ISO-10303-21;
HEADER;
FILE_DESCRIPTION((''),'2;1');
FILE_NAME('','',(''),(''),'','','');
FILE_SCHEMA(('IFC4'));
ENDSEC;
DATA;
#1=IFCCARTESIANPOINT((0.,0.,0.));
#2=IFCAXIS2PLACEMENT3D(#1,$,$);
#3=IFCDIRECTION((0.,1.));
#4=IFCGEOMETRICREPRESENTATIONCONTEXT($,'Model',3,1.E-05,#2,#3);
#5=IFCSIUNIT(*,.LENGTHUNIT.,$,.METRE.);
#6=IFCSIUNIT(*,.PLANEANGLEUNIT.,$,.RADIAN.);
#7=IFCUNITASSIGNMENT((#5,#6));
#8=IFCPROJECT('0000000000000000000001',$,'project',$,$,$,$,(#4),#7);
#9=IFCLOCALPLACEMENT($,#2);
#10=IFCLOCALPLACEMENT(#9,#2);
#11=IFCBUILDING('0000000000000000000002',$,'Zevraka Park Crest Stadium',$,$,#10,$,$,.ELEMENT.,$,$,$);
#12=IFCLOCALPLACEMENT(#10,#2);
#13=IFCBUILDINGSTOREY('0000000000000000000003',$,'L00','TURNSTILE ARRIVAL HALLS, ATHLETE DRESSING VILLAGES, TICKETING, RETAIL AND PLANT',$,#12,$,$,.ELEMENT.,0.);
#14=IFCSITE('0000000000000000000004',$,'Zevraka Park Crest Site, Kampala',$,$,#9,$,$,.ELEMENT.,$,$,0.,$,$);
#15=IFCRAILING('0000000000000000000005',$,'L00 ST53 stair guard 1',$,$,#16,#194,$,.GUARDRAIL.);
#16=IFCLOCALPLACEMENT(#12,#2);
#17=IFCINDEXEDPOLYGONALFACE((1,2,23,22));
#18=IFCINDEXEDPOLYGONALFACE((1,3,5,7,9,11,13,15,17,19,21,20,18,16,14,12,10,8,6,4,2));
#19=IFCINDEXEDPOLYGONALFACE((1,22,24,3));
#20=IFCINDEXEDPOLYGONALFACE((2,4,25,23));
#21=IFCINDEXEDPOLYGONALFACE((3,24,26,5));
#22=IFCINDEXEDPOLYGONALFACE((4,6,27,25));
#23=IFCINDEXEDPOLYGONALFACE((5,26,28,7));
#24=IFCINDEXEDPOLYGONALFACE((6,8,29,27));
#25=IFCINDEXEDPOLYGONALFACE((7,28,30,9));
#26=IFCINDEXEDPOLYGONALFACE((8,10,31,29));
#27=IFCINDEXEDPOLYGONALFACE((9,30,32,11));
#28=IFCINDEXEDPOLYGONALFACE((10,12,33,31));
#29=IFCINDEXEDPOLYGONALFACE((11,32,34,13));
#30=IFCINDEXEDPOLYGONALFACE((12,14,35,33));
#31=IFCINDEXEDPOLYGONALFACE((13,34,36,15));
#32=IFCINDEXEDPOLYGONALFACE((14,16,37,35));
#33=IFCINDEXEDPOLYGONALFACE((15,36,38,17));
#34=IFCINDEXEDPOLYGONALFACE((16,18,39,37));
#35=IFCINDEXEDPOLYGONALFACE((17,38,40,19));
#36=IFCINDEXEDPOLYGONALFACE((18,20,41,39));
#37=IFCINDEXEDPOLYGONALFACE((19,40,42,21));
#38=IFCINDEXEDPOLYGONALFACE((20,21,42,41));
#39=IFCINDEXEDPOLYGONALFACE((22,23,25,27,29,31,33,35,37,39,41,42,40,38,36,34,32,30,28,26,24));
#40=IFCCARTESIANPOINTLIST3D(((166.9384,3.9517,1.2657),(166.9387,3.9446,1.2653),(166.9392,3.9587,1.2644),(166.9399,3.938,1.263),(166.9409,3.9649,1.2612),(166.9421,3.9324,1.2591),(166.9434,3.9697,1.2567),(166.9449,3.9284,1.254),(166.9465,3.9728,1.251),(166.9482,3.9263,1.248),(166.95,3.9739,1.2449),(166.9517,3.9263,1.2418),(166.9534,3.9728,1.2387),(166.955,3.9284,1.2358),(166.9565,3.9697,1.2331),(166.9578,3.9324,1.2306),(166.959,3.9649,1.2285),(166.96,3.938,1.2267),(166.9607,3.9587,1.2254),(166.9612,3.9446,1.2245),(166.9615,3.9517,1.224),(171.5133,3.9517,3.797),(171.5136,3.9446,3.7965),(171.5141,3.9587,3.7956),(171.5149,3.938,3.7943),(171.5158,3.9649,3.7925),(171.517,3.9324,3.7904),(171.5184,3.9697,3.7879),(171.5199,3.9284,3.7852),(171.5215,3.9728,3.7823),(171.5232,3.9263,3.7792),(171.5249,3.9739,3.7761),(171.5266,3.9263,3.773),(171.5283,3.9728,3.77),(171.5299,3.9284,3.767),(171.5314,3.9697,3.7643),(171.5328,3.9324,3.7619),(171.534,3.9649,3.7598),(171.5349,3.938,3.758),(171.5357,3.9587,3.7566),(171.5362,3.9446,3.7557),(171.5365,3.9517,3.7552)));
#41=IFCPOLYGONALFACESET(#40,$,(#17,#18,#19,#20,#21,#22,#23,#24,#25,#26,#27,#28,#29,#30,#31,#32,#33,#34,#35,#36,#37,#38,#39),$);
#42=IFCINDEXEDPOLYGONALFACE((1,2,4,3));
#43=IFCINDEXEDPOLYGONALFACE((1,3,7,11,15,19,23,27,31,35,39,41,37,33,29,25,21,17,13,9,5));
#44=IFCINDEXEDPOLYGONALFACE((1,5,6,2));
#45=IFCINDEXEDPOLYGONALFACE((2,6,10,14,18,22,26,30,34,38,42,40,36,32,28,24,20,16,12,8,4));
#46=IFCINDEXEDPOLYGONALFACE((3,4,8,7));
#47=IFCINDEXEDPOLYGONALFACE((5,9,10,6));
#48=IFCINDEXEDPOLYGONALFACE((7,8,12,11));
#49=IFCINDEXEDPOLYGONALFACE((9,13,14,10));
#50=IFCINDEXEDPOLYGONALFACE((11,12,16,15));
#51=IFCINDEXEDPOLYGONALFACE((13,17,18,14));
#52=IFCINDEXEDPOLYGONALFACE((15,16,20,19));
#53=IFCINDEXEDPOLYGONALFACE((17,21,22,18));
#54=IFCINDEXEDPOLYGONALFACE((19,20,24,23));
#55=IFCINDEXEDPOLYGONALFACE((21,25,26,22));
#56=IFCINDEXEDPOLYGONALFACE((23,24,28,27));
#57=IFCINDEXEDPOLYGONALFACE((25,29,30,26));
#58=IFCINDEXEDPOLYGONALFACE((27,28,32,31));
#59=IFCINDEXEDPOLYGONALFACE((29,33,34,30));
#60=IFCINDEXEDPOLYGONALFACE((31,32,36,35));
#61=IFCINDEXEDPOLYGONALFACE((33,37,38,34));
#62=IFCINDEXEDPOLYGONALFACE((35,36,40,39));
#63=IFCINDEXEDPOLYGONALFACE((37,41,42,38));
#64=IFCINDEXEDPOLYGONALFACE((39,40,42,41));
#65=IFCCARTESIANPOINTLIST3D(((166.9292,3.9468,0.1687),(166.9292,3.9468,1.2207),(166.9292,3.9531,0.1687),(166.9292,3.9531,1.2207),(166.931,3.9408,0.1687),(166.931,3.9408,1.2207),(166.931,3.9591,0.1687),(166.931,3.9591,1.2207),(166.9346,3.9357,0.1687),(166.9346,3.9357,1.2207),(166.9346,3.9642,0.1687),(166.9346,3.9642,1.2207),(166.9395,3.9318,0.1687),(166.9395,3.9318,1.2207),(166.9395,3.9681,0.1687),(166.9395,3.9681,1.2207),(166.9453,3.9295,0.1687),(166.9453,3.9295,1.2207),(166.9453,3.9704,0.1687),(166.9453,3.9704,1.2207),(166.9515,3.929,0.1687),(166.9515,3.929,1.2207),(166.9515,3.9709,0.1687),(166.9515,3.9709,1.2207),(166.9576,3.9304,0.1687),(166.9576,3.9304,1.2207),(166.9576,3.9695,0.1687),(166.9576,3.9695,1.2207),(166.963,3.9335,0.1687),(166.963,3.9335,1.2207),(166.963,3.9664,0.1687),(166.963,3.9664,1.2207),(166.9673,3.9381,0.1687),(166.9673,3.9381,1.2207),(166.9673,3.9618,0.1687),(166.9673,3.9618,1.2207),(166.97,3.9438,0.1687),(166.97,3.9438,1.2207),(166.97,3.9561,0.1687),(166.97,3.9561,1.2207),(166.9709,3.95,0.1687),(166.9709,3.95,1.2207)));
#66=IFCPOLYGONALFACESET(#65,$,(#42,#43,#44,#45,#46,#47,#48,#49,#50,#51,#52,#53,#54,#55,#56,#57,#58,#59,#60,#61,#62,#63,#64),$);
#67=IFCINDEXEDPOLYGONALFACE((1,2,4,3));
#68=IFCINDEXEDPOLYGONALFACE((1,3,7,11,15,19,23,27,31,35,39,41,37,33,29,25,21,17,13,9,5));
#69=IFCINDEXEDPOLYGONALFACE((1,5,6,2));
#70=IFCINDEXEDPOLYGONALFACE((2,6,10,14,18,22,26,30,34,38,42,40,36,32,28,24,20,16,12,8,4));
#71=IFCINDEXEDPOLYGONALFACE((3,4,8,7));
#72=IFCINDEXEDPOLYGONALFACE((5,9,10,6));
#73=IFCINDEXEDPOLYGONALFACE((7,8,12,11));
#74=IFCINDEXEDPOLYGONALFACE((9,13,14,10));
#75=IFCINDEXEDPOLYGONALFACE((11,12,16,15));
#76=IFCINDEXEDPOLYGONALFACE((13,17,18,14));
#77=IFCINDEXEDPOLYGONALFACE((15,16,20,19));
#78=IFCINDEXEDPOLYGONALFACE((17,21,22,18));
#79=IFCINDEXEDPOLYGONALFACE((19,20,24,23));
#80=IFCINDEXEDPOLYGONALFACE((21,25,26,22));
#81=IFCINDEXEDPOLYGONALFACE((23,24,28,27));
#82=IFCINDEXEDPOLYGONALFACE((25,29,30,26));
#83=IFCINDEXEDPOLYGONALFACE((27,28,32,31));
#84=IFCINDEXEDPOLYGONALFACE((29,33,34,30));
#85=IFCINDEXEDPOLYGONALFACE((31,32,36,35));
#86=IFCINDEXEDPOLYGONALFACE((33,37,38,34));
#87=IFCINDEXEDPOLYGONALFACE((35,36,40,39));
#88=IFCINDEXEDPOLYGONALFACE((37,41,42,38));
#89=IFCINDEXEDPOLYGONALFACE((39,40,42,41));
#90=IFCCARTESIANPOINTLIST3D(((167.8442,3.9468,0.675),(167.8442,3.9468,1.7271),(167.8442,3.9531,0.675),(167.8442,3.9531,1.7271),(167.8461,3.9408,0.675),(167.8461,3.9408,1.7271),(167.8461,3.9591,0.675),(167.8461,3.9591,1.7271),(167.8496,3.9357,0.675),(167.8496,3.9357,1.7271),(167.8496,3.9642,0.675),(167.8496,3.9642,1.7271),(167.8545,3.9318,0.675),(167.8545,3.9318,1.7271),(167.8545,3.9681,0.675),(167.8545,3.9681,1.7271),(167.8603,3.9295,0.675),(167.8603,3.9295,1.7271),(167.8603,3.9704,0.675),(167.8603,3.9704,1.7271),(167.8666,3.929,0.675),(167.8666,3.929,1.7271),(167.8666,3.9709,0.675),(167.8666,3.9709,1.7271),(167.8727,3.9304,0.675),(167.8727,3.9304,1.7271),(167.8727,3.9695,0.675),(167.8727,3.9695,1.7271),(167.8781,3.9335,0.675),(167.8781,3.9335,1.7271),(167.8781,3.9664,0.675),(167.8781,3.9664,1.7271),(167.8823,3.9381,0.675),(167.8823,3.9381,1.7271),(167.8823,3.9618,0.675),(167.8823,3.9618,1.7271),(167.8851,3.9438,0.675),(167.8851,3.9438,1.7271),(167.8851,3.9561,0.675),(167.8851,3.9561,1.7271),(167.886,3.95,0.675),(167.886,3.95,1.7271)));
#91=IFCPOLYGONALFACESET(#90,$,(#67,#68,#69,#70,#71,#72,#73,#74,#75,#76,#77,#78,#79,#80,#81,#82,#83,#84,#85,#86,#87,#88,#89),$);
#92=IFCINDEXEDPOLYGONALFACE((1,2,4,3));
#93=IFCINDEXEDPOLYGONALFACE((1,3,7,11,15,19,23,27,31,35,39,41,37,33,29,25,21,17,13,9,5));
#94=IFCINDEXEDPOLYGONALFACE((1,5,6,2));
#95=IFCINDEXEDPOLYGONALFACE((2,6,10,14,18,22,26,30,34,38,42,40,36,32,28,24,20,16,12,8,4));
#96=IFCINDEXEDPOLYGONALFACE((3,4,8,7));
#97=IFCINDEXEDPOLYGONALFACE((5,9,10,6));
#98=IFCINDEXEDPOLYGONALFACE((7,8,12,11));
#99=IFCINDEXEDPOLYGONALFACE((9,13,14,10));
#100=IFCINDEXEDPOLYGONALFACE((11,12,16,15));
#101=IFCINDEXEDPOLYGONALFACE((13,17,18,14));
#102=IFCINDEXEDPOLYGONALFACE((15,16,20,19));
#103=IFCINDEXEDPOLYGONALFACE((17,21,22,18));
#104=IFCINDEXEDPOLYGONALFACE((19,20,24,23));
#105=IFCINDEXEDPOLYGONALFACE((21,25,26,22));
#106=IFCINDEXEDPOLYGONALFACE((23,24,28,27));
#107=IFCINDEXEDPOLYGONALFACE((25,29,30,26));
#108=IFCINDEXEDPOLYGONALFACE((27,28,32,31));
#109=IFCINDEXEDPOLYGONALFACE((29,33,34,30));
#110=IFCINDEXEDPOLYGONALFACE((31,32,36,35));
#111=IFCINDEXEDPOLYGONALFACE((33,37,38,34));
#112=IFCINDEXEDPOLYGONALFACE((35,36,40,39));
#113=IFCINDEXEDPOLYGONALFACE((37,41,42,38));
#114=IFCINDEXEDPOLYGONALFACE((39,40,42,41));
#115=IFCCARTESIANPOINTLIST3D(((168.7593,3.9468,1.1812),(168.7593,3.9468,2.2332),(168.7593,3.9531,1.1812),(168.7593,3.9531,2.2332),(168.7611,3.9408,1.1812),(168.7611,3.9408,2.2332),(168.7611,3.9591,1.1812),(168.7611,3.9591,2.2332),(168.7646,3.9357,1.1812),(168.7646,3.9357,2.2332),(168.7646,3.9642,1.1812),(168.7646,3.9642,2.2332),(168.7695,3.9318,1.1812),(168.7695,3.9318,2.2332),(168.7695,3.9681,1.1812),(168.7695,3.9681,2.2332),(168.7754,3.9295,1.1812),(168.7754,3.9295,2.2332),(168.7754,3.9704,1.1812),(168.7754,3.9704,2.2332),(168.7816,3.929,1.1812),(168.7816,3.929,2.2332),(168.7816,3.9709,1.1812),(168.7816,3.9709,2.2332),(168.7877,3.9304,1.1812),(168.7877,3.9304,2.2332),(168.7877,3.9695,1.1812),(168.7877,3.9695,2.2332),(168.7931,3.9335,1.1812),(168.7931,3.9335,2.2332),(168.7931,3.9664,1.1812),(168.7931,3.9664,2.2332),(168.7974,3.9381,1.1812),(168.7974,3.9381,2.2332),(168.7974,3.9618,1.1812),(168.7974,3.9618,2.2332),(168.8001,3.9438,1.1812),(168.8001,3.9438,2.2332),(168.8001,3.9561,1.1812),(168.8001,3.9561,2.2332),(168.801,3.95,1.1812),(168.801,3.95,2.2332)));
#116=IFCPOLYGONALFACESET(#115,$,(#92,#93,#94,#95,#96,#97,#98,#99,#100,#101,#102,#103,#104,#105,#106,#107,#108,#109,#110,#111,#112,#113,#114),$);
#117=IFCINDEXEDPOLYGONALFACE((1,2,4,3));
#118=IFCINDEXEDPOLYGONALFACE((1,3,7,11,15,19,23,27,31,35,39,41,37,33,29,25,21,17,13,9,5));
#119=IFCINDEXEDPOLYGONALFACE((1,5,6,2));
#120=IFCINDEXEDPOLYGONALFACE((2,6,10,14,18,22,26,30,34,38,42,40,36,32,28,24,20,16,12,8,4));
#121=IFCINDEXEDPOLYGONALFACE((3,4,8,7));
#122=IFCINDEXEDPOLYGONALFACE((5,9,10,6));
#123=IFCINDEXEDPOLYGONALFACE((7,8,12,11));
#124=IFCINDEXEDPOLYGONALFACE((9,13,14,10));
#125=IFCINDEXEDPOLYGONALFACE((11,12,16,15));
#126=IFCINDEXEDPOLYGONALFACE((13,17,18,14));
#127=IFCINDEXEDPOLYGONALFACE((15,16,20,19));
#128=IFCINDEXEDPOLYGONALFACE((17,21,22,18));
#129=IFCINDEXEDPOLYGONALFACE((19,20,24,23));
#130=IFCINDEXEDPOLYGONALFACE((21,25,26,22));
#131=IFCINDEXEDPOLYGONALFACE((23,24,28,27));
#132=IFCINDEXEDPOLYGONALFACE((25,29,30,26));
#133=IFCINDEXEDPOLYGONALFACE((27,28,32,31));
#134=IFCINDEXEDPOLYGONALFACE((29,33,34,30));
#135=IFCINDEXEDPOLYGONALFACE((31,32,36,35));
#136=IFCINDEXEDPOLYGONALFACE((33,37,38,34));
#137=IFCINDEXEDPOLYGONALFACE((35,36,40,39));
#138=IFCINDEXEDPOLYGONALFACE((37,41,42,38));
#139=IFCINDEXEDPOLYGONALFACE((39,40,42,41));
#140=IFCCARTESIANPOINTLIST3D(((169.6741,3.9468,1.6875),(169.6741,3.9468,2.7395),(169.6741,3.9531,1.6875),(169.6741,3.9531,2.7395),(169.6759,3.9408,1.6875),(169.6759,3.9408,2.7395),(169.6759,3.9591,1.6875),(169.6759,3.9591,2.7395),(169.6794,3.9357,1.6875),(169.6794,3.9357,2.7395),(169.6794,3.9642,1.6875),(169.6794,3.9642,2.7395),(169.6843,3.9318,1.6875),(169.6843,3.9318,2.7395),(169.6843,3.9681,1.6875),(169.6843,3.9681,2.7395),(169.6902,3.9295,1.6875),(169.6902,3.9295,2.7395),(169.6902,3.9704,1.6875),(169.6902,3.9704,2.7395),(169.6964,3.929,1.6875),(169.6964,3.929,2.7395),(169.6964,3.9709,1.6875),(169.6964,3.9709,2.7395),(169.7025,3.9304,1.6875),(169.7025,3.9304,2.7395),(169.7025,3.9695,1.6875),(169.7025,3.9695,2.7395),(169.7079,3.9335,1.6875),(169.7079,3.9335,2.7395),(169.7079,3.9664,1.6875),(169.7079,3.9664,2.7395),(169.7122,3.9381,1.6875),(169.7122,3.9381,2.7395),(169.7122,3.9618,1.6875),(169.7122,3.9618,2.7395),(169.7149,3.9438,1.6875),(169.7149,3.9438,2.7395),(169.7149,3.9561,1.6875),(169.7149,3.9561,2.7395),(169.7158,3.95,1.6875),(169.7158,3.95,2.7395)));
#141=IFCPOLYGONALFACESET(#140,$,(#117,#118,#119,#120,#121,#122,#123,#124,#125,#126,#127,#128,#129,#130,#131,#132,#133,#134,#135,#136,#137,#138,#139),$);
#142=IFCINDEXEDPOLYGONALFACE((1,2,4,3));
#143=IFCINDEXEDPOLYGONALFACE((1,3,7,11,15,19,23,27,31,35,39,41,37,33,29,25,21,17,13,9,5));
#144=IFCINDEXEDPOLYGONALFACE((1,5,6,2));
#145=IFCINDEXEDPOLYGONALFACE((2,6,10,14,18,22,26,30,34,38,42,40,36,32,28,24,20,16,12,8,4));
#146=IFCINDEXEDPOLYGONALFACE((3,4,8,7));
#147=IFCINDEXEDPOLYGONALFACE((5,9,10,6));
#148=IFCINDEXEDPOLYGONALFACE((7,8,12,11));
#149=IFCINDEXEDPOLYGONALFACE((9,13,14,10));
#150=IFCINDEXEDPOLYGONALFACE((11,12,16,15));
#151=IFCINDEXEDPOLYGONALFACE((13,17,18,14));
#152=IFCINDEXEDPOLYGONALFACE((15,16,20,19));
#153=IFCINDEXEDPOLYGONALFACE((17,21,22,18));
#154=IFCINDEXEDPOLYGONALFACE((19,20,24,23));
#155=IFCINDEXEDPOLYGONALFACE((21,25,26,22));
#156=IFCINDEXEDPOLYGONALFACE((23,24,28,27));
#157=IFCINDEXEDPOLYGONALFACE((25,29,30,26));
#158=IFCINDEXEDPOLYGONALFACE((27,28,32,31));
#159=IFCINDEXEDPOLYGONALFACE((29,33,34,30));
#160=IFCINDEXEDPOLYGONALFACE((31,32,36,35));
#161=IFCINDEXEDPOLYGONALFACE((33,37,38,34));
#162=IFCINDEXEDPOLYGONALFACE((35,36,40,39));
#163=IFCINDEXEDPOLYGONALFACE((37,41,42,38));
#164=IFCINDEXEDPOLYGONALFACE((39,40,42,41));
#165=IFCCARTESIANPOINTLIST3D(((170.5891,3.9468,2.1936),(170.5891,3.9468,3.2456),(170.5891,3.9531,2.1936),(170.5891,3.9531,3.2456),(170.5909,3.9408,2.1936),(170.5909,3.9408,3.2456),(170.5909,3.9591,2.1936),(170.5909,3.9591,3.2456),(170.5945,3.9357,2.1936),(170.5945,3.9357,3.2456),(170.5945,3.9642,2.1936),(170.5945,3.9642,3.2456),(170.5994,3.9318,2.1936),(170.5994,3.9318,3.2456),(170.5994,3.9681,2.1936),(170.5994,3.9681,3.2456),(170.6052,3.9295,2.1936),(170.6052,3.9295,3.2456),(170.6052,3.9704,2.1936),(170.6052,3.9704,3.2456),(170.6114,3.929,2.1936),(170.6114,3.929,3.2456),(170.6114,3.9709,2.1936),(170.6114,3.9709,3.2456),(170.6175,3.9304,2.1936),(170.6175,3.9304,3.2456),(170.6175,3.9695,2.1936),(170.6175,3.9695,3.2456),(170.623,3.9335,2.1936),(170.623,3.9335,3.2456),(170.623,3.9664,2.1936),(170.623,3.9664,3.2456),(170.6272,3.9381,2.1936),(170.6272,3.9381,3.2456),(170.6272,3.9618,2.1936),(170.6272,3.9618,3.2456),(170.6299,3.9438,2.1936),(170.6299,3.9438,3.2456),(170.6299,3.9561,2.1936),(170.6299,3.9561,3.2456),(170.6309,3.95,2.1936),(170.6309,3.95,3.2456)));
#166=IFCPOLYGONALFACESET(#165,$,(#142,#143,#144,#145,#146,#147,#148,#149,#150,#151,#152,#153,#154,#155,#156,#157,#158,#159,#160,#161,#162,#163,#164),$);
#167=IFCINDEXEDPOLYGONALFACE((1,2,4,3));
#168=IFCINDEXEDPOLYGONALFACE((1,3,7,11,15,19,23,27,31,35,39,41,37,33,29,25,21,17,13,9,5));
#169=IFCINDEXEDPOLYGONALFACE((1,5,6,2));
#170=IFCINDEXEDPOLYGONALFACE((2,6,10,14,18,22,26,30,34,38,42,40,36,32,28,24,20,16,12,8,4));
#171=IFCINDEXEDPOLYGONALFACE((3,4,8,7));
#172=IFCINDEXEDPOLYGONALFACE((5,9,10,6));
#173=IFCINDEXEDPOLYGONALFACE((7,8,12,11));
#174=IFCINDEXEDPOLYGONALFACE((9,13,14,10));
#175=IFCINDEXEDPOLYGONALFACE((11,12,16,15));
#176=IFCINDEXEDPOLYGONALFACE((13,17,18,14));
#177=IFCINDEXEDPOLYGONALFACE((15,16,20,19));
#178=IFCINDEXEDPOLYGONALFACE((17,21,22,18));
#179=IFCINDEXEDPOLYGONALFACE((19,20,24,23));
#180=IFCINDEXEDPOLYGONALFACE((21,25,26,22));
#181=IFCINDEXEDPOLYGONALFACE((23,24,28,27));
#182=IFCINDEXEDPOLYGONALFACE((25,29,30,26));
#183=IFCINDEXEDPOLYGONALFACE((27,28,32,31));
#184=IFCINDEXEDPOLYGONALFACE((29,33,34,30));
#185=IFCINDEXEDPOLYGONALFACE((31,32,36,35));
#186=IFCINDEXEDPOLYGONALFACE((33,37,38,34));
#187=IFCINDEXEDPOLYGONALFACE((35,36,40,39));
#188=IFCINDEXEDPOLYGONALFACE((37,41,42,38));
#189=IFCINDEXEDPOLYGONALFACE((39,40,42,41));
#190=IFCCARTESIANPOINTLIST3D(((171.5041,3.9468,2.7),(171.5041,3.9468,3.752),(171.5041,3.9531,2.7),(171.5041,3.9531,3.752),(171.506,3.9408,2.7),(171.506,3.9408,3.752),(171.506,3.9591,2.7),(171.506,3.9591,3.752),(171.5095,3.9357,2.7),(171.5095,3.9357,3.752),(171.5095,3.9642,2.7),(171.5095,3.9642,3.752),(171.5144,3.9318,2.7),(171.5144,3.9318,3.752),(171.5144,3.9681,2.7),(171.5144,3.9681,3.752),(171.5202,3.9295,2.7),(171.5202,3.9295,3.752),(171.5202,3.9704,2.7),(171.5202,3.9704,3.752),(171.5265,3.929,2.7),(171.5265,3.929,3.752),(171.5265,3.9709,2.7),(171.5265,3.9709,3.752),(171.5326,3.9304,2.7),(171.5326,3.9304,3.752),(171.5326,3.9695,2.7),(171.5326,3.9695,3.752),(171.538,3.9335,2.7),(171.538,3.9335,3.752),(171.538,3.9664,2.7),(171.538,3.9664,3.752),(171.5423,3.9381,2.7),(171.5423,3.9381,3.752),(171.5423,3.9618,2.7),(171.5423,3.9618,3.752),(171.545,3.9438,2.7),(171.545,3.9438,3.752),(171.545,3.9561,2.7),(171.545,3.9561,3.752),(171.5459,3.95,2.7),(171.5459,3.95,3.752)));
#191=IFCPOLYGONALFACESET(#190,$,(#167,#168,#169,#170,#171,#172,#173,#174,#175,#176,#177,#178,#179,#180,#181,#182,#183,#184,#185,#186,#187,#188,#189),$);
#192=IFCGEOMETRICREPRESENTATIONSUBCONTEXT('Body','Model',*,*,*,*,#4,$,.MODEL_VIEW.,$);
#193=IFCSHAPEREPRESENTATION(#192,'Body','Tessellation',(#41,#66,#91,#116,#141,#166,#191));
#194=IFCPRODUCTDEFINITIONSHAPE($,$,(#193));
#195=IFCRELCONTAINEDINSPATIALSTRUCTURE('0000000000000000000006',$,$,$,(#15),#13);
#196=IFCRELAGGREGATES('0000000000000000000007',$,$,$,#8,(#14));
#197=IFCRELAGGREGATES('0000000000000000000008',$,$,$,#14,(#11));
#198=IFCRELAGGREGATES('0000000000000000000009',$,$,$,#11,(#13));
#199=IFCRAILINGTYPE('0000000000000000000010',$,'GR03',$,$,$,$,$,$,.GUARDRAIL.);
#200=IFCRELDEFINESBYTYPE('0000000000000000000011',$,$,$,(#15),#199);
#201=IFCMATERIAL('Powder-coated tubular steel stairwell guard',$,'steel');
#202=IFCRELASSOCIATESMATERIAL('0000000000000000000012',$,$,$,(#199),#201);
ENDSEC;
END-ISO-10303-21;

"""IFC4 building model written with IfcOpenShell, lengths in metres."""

from ifc_helpers import new_model, si_unit, direction, frame, origin, origin_2d, place, context, subcontext, project, spatial, circle, extrude, material, type_object, element, save


model = new_model("IFC4")

# Units and contexts
model_context = context("Model", 3, precision=1e-05, world=origin(), true_north=direction((0.0, 1.0)))
body_context = subcontext(model_context, "Body", "Model", "MODEL_VIEW")
ifc_project = project(units=[si_unit("LENGTHUNIT", "METRE"), si_unit("PLANEANGLEUNIT", "RADIAN")], contexts=[model_context])

# Site, building, storey
site_placement = place(None, origin())
site = spatial("IfcSite", under=ifc_project, at=site_placement, Name="Zevraka Park Crest Site, Kampala", CompositionType="ELEMENT", RefElevation=0.0)
building_placement = place(site_placement, origin())
building = spatial("IfcBuilding", under=site, at=building_placement, Name="Zevraka Park Crest Stadium", CompositionType="ELEMENT")
storey_placement = place(building_placement, origin())
storey = spatial("IfcBuildingStorey", under=building, at=storey_placement, Name="L00", Description="TURNSTILE ARRIVAL HALLS, ATHLETE DRESSING VILLAGES, TICKETING, RETAIL AND PLANT", CompositionType="ELEMENT", Elevation=0.0)

# Railing
ifc_material_1 = material(Name="Powder-coated tubular steel stairwell guard", Category="steel")
railing_type_1 = type_object("IfcRailingType", Name="GR03", PredefinedType="GUARDRAIL", material=ifc_material_1)
railing_1_placement = place(storey_placement, frame((166.95, 3.95, 0.1687)))
element("IfcRailing", 1, at=railing_1_placement, inside=storey, type_object=railing_type_1, Name="L00 ST53 stair guard 1", PredefinedType="GUARDRAIL", context=body_context, shape_type="SweptSolid", body=[
    extrude(circle(Radius=0.0239, at=origin_2d()), frame((0.0, 0.0, 1.0762), z_axis=(0.875, 0.0, 0.484124), x_axis=(0.0, 1.0, 0.0)), (0.0, 0.0, 1.0), 5.2285),
    extrude(circle(Radius=0.021, at=origin_2d()), origin(), (0.0, 0.0, 1.0), 1.052),
    extrude(circle(Radius=0.021, at=origin_2d()), frame((0.915, 0.0, 0.5063)), (0.0, 0.0, 1.0), 1.052),
    extrude(circle(Radius=0.021, at=origin_2d()), frame((1.8301, 0.0, 1.0125)), (0.0, 0.0, 1.0), 1.052),
    extrude(circle(Radius=0.021, at=origin_2d()), frame((2.7449, 0.0, 1.5188)), (0.0, 0.0, 1.0), 1.052),
    extrude(circle(Radius=0.021, at=origin_2d()), frame((3.6599, 0.0, 2.0249)), (0.0, 0.0, 1.0), 1.052),
    extrude(circle(Radius=0.021, at=origin_2d()), frame((4.575, 0.0, 2.5312)), (0.0, 0.0, 1.0), 1.052),
])

save(model, "model.ifc")
